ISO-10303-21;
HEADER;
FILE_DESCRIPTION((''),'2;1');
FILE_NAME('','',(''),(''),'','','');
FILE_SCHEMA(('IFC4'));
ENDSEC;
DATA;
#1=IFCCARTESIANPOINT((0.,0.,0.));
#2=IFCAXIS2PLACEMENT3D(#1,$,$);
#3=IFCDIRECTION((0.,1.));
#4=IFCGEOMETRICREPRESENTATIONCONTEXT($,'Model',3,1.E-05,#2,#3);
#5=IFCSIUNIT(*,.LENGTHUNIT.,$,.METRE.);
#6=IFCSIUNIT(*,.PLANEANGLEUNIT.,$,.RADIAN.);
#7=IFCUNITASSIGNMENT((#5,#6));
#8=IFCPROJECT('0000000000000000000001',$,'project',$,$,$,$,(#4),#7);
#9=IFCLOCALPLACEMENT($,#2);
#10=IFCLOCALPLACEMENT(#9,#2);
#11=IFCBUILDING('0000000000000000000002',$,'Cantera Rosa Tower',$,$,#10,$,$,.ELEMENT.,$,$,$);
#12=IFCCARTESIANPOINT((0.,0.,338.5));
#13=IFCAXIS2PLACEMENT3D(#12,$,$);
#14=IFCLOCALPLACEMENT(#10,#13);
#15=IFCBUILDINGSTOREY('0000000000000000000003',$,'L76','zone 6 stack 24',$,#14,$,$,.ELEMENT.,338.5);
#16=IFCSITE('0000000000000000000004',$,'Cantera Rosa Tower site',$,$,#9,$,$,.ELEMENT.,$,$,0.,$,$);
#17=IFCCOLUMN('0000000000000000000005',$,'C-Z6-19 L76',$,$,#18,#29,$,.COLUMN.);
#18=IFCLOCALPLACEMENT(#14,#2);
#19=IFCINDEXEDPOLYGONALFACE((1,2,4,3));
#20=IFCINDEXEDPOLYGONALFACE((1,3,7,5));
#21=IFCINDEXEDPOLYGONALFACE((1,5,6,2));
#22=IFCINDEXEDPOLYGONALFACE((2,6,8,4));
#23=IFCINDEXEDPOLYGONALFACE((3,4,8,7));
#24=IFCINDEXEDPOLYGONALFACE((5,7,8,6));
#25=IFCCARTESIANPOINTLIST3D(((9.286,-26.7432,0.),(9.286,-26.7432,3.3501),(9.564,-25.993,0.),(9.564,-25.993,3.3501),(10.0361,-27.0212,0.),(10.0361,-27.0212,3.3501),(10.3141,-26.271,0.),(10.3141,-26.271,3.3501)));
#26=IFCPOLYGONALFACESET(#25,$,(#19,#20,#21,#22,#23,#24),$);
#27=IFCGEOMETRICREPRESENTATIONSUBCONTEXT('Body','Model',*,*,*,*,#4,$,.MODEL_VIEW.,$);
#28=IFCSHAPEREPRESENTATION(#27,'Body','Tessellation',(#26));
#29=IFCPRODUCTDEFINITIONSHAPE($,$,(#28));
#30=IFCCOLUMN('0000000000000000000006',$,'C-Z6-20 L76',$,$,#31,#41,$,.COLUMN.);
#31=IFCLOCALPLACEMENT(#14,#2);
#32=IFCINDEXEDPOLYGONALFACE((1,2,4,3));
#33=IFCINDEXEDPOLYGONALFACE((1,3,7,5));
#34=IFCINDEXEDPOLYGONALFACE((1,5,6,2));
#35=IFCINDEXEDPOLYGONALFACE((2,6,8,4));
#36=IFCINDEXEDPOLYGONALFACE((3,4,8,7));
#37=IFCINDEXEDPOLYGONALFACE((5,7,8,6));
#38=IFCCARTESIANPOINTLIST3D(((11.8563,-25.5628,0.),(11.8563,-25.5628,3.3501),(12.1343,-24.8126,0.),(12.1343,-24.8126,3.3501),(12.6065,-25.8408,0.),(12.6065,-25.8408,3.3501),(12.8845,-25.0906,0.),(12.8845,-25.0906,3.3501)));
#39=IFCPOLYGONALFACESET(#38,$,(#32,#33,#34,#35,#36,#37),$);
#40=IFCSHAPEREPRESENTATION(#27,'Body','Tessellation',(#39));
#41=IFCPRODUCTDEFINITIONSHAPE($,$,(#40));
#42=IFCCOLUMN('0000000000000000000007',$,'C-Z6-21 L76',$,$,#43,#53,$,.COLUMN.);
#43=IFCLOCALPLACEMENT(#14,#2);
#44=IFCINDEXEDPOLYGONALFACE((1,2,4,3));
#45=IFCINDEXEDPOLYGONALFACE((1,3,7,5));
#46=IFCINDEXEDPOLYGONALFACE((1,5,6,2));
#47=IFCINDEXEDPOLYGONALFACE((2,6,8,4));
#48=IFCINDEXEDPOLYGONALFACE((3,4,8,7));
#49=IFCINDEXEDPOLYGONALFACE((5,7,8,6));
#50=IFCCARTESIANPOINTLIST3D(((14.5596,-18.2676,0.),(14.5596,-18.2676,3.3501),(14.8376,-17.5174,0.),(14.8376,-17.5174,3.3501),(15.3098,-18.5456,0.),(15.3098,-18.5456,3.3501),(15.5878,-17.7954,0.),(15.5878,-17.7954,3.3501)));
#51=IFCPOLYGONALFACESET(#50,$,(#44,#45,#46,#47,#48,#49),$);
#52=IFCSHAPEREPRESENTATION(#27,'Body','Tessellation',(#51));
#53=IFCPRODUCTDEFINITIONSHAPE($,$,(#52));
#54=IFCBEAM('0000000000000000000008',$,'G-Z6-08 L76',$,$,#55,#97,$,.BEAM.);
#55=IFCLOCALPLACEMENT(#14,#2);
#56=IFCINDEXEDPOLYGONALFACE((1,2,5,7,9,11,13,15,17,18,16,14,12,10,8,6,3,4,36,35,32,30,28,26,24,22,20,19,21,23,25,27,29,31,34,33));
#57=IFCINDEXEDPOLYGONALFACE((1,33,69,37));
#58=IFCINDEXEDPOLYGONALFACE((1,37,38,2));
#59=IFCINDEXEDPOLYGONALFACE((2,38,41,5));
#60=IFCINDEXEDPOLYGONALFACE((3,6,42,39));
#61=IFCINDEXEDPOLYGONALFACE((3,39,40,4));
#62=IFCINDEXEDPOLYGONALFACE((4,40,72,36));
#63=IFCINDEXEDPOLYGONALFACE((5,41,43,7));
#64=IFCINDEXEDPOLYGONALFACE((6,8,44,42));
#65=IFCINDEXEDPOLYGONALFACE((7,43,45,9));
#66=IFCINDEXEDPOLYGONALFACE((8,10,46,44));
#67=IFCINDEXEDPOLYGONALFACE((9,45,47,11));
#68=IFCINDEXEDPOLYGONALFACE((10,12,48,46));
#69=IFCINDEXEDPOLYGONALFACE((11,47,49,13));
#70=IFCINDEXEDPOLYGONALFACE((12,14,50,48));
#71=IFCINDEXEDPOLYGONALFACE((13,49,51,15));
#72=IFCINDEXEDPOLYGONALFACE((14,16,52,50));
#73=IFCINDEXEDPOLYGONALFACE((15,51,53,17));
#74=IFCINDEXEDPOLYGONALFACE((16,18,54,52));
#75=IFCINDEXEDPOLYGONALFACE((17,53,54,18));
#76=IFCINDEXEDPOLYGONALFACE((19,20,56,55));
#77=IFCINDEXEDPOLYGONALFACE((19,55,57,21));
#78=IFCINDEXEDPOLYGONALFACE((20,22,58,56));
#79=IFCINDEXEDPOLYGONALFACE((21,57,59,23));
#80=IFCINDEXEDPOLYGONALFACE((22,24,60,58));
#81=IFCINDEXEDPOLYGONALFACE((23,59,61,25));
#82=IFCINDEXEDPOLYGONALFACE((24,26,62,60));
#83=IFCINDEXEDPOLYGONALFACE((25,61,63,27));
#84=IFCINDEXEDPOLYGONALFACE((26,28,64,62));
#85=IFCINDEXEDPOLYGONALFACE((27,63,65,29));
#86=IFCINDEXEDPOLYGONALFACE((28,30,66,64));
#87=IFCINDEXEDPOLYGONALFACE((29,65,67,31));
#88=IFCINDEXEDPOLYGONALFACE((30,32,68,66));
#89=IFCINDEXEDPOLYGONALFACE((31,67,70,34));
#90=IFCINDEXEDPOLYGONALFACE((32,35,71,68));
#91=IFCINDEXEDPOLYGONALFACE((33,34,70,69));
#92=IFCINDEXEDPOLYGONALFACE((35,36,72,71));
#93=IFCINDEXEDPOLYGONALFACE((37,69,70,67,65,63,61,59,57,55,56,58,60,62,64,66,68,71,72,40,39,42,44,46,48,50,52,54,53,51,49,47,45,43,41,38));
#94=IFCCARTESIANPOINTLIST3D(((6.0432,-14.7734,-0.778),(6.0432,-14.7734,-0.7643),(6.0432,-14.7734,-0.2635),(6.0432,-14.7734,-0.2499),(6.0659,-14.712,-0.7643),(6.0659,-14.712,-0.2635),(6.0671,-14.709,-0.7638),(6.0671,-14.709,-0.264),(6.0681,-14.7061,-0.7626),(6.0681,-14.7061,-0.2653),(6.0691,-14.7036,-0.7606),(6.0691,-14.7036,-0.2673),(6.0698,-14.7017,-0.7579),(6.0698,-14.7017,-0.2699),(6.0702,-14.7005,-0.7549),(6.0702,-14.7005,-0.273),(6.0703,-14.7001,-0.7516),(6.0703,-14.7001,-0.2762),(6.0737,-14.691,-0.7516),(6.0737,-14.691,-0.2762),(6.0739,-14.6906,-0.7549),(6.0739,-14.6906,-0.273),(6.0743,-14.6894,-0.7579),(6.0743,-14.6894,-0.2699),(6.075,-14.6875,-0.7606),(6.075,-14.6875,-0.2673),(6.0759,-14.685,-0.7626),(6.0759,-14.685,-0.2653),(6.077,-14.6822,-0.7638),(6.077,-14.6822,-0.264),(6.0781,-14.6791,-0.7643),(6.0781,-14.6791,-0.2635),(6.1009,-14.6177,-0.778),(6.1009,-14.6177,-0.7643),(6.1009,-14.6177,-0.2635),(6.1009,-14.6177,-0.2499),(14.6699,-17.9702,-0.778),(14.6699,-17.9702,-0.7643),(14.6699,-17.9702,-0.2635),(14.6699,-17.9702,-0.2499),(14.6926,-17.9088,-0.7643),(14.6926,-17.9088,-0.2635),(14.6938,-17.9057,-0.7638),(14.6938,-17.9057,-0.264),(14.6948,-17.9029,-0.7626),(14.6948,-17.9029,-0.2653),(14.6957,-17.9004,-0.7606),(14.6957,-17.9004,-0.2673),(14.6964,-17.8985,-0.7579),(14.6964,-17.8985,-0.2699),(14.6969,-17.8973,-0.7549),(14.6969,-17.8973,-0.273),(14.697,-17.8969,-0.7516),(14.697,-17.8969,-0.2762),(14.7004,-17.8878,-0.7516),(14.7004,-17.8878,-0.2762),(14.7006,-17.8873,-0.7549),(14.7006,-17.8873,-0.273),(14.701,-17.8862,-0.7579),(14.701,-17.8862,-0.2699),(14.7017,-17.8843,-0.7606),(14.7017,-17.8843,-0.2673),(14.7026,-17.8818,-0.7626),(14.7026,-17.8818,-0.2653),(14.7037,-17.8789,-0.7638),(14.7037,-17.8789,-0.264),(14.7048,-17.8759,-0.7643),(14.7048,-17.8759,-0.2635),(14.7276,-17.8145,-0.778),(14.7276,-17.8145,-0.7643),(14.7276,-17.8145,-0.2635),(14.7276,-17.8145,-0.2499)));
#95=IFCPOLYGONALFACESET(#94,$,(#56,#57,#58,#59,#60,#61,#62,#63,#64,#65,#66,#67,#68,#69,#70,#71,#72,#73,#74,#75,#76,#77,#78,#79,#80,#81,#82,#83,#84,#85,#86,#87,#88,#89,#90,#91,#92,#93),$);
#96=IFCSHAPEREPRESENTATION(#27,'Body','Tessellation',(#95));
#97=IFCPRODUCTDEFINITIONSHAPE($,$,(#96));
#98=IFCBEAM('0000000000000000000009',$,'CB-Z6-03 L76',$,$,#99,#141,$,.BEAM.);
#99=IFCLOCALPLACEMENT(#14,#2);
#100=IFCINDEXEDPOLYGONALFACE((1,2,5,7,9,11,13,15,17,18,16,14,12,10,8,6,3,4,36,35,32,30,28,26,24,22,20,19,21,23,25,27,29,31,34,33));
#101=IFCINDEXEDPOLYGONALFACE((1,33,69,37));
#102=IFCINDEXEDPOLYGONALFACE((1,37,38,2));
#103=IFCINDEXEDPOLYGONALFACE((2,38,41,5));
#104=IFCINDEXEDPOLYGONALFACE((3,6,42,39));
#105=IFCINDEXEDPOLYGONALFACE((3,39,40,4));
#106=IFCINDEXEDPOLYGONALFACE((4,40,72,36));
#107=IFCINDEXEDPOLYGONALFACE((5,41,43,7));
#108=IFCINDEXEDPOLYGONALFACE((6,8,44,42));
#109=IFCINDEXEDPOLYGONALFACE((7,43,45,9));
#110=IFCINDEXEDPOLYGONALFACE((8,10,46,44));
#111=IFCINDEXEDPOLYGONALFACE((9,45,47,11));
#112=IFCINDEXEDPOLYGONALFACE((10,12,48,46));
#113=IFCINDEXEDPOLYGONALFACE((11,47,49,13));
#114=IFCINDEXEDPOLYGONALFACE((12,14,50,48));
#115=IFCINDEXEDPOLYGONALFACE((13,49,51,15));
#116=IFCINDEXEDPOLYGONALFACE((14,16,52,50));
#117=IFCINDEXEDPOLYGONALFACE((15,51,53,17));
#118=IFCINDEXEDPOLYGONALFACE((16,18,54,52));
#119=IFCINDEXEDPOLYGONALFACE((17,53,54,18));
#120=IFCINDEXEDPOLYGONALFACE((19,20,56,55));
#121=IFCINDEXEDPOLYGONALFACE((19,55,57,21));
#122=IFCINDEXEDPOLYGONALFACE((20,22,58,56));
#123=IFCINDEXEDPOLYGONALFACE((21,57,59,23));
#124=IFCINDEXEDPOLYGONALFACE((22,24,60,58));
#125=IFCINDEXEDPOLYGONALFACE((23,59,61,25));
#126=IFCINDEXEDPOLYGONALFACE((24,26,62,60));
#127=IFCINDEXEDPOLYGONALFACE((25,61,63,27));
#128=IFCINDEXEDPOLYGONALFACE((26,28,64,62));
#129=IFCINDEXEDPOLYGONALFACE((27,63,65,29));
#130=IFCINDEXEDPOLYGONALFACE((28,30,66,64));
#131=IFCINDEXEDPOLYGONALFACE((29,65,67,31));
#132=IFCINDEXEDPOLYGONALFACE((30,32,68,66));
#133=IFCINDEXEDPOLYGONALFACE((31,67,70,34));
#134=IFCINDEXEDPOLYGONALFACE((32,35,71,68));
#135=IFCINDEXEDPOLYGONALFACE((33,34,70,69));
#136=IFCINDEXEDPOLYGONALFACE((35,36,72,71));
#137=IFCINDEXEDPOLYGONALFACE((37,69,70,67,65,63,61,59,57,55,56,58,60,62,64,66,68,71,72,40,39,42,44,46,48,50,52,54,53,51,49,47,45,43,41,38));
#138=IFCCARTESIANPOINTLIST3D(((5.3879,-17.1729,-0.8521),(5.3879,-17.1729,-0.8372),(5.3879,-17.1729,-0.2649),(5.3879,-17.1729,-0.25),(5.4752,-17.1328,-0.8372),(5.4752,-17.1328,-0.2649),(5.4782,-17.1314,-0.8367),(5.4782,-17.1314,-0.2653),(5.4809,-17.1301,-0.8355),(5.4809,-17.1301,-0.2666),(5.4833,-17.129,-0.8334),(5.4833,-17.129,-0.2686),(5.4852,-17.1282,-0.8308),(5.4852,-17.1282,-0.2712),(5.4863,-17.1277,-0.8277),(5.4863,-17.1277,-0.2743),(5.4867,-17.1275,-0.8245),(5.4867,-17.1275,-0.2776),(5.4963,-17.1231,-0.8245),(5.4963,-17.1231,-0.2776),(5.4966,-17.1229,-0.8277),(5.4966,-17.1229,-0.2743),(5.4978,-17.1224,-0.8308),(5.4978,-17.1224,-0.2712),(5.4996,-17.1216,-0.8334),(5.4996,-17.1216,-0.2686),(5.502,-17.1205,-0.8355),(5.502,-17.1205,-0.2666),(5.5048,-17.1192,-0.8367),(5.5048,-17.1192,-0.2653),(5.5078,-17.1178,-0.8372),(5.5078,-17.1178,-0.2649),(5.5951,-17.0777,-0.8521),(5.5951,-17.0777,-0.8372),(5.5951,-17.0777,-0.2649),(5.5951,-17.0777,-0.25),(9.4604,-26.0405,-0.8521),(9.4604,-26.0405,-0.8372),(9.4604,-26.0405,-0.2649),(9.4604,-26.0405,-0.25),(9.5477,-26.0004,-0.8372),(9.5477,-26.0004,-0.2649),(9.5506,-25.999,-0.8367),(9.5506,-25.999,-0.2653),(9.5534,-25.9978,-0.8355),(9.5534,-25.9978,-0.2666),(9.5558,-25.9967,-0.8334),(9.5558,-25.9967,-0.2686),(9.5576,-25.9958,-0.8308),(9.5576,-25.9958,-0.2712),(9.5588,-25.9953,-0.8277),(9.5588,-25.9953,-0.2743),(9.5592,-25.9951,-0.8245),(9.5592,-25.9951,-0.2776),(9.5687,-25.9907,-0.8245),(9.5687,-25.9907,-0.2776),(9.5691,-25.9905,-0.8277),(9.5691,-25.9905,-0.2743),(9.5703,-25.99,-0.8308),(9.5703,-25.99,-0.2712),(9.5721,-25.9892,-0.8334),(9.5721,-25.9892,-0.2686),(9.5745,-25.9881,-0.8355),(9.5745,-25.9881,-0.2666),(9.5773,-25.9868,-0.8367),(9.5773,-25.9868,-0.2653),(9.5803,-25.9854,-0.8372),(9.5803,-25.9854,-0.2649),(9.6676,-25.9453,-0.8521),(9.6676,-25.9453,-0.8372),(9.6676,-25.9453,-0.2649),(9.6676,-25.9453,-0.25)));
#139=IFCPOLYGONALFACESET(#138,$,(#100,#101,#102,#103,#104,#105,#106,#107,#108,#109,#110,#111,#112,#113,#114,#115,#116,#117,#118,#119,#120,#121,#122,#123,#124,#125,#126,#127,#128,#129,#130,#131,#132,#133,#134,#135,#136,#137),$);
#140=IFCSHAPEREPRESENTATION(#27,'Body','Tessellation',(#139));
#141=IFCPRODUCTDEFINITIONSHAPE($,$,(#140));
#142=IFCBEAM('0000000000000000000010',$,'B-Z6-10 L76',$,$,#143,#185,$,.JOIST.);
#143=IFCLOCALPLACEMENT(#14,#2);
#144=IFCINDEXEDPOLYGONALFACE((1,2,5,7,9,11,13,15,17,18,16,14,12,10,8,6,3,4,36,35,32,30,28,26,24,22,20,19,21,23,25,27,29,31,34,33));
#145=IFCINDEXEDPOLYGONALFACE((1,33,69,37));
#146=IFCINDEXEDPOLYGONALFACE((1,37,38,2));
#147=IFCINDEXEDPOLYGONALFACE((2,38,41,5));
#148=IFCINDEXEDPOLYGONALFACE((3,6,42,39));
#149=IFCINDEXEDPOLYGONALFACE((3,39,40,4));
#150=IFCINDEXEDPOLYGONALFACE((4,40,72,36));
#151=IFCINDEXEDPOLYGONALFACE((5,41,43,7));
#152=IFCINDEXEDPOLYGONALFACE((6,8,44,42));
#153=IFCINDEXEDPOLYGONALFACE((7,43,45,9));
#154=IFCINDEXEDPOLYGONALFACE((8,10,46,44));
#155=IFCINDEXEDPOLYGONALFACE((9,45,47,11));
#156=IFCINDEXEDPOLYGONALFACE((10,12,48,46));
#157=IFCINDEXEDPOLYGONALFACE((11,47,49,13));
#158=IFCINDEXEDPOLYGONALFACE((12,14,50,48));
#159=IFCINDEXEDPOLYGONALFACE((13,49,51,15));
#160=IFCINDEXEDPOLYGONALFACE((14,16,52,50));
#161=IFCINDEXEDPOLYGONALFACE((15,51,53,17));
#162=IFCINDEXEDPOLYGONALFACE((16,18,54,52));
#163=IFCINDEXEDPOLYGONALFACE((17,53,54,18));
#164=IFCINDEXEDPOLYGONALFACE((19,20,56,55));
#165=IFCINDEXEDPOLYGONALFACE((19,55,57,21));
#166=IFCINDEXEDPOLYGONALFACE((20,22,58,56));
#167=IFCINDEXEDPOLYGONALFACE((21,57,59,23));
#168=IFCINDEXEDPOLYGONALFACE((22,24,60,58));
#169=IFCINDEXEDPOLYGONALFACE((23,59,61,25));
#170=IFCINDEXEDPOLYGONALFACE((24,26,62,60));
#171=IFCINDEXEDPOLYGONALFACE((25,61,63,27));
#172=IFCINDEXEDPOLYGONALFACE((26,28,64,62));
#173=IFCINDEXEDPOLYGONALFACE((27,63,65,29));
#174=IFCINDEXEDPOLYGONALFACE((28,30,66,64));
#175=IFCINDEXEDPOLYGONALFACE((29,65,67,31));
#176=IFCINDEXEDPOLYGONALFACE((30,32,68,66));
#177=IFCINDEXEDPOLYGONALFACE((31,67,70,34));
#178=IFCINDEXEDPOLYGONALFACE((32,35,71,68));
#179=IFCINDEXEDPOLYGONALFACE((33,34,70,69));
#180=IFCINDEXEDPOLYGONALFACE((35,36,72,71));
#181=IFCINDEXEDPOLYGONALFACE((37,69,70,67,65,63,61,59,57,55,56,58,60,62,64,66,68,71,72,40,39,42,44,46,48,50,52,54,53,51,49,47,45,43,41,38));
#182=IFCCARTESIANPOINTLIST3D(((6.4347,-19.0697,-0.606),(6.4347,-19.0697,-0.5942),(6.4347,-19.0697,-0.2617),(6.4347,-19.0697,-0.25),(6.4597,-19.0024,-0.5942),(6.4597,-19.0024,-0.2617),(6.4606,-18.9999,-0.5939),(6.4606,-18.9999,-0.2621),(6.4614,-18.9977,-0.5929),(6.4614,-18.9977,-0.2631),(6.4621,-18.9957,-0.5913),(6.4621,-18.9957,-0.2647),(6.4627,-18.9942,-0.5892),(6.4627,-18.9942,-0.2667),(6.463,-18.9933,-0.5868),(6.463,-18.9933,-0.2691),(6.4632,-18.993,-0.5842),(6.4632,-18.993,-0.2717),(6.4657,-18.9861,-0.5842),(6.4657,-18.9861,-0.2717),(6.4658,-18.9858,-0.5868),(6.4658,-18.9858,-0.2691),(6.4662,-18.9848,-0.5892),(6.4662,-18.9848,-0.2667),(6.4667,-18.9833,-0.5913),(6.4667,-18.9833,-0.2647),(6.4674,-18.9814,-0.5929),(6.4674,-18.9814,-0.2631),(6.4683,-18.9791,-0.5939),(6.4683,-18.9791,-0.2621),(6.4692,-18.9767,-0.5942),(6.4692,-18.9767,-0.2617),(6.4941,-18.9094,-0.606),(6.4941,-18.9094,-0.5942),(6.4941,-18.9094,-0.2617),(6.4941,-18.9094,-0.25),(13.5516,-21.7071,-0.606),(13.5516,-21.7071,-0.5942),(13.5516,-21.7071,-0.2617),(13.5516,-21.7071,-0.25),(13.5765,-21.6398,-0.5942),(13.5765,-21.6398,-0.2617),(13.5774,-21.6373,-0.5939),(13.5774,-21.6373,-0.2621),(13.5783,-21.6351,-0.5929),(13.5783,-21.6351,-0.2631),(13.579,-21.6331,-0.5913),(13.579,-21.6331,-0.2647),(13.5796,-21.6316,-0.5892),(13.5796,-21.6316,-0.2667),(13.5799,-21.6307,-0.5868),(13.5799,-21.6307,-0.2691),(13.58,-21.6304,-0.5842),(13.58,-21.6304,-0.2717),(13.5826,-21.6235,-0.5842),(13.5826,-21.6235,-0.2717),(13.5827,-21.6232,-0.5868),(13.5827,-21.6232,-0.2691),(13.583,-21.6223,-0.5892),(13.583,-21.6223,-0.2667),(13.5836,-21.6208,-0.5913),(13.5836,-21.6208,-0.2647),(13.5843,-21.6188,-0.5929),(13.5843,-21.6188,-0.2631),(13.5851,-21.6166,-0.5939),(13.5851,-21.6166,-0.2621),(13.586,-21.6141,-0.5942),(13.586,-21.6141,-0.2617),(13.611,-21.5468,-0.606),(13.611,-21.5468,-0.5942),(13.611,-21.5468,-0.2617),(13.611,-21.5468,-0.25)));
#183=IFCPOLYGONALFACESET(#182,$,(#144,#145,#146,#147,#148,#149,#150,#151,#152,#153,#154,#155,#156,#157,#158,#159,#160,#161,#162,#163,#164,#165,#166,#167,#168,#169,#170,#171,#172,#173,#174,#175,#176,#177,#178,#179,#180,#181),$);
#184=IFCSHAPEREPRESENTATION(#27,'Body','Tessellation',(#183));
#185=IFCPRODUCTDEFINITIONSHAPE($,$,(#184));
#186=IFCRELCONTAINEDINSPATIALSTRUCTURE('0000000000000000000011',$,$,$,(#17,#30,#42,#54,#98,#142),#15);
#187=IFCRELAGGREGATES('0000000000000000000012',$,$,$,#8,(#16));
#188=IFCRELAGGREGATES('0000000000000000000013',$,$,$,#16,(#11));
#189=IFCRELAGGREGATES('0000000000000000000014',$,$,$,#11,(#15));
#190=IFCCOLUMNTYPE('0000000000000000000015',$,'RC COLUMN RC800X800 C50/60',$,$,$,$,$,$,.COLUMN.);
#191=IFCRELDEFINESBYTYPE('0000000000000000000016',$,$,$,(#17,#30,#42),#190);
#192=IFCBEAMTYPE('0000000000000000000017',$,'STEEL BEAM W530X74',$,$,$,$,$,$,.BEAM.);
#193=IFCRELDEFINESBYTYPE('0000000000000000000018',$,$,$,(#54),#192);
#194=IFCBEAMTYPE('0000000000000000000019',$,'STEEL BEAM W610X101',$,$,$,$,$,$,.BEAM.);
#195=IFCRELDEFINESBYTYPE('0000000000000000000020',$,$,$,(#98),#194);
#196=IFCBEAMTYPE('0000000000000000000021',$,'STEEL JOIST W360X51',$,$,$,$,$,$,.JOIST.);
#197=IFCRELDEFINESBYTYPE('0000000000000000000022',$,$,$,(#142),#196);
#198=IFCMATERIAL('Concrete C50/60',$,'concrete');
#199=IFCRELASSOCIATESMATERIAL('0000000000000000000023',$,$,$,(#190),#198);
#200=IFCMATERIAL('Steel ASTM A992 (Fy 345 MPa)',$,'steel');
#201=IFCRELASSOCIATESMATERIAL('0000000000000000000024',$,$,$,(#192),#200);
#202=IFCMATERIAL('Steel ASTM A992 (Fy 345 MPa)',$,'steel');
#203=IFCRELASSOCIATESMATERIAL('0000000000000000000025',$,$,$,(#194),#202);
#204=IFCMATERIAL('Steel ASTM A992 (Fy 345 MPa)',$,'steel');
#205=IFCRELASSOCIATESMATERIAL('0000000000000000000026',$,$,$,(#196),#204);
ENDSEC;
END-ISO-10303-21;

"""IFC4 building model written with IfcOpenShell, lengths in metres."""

from ifc_helpers import new_model, si_unit, direction, frame, origin, origin_2d, place, context, subcontext, project, spatial, rectangle, i_section, extrude, material, material_profile, profile_set, type_object, element, save


model = new_model("IFC4")

# Units and contexts
model_context = context("Model", 3, precision=1e-05, world=origin(), true_north=direction((0.0, 1.0)))
body_context = subcontext(model_context, "Body", "Model", "MODEL_VIEW")
ifc_project = project(units=[si_unit("LENGTHUNIT", "METRE"), si_unit("PLANEANGLEUNIT", "RADIAN")], contexts=[model_context])

# Site, building, storey
site_placement = place(None, origin())
site = spatial("IfcSite", under=ifc_project, at=site_placement, Name="Cantera Rosa Tower site", CompositionType="ELEMENT", RefElevation=0.0)
building_placement = place(site_placement, origin())
building = spatial("IfcBuilding", under=site, at=building_placement, Name="Cantera Rosa Tower", CompositionType="ELEMENT")
storey_placement = place(building_placement, frame((0.0, 0.0, 338.5)))
storey = spatial("IfcBuildingStorey", under=building, at=storey_placement, Name="L76", Description="zone 6 stack 24", CompositionType="ELEMENT", Elevation=338.5)

# Columns
ifc_material_1 = material(Name="Concrete C50/60", Category="concrete")
ifc_material_profile_1 = material_profile(ifc_material_1, rectangle(XDim=0.8, YDim=0.8, at=origin_2d()), Name="RC COLUMN RC800X800 C50/60")
ifc_profile_set_1 = profile_set([ifc_material_profile_1], Name="Concrete C50/60")
column_type = type_object("IfcColumnType", Name="RC COLUMN RC800X800 C50/60", PredefinedType="COLUMN", material=ifc_profile_set_1)
for number, where, z_axis, x_axis, name in (
    (1, (9.8, -26.5071, 0.0), (0.0, 0.0, 1.0), (0.347481, 0.937687, 0.0), "C-Z6-19 L76"),
    (2, (12.3704, -25.3267, 0.0), (0.0, 0.0, 1.0), (0.347481, 0.937687, 0.0), "C-Z6-20 L76"),
    (3, (15.0737, -18.0315, 0.0), (0.0, 0.0, 1.0), (0.347481, 0.937687, 0.0), "C-Z6-21 L76"),
):
    element("IfcColumn", number, at=place(storey_placement, frame(where, z_axis=z_axis, x_axis=x_axis)), inside=storey, type_object=column_type, Name=name, PredefinedType="COLUMN", context=body_context, shape_type="SweptSolid", body=[
        extrude(rectangle(XDim=0.8, YDim=0.8, at=origin_2d()), origin(), (0.0, 0.0, 1.0), 3.3501),
    ])

# Beams
ifc_material_2 = material(Name="Steel ASTM A992 (Fy 345 MPa)", Category="steel")
ifc_material_profile_2 = material_profile(ifc_material_2, i_section(OverallWidth=0.166, OverallDepth=0.5281, WebThickness=0.0098, FlangeThickness=0.0137, FilletRadius=0.0127, at=origin_2d()), Name="W530X74")
ifc_profile_set_2 = profile_set([ifc_material_profile_2], Name="Steel ASTM A992 (Fy 345 MPa)")
beam_type_1 = type_object("IfcBeamType", Name="STEEL BEAM W530X74", PredefinedType="BEAM", material=ifc_profile_set_2)
beam_1_placement = place(storey_placement, frame((14.6987, -17.8923, -0.5139), z_axis=(-0.937689, 0.347477, 0.0), x_axis=(-0.347477, -0.937689, 0.0)))
element("IfcBeam", 4, at=beam_1_placement, inside=storey, type_object=beam_type_1, Name="G-Z6-08 L76", PredefinedType="BEAM", context=body_context, shape_type="SweptSolid", body=[
    extrude(i_section(OverallWidth=0.166, OverallDepth=0.5281, WebThickness=0.0098, FlangeThickness=0.0137, FilletRadius=0.0127, at=origin_2d()), origin(), (0.0, 0.0, 1.0), 9.2),
])
ifc_material_3 = material(Name="Steel ASTM A992 (Fy 345 MPa)", Category="steel")
ifc_material_profile_3 = material_profile(ifc_material_3, i_section(OverallWidth=0.228, OverallDepth=0.6021, WebThickness=0.0105, FlangeThickness=0.0149, FilletRadius=0.0127, at=origin_2d()), Name="W610X101")
ifc_profile_set_3 = profile_set([ifc_material_profile_3], Name="Steel ASTM A992 (Fy 345 MPa)")
beam_type_2 = type_object("IfcBeamType", Name="STEEL BEAM W610X101", PredefinedType="BEAM", material=ifc_profile_set_3)
beam_2_placement = place(storey_placement, frame((9.564, -25.9929, -0.551), z_axis=(-0.417346, 0.908748, 0.0), x_axis=(-0.908748, -0.417346, 0.0)))
element("IfcBeam", 5, at=beam_2_placement, inside=storey, type_object=beam_type_2, Name="CB-Z6-03 L76", PredefinedType="BEAM", context=body_context, shape_type="SweptSolid", body=[
    extrude(i_section(OverallWidth=0.228, OverallDepth=0.6021, WebThickness=0.0105, FlangeThickness=0.0149, FilletRadius=0.0127, at=origin_2d()), origin(), (0.0, 0.0, 1.0), 9.7581),
])
ifc_material_4 = material(Name="Steel ASTM A992 (Fy 345 MPa)", Category="steel")
ifc_material_profile_4 = material_profile(ifc_material_4, i_section(OverallWidth=0.1709, OverallDepth=0.356, WebThickness=0.0073, FlangeThickness=0.0117, FilletRadius=0.01, at=origin_2d()), Name="W360X51")
ifc_profile_set_4 = profile_set([ifc_material_profile_4], Name="Steel ASTM A992 (Fy 345 MPa)")
beam_type_3 = type_object("IfcBeamType", Name="STEEL JOIST W360X51", PredefinedType="JOIST", material=ifc_profile_set_4)
beam_3_placement = place(storey_placement, frame((13.5813, -21.627, -0.428), z_axis=(-0.937682, 0.347493, 0.0), x_axis=(-0.347493, -0.937682, 0.0)))
element("IfcBeam", 6, at=beam_3_placement, inside=storey, type_object=beam_type_3, Name="B-Z6-10 L76", PredefinedType="JOIST", context=body_context, shape_type="SweptSolid", body=[
    extrude(i_section(OverallWidth=0.1709, OverallDepth=0.356, WebThickness=0.0073, FlangeThickness=0.0117, FilletRadius=0.01, at=origin_2d()), origin(), (0.0, 0.0, 1.0), 7.5898),
])

save(model, "model.ifc")
